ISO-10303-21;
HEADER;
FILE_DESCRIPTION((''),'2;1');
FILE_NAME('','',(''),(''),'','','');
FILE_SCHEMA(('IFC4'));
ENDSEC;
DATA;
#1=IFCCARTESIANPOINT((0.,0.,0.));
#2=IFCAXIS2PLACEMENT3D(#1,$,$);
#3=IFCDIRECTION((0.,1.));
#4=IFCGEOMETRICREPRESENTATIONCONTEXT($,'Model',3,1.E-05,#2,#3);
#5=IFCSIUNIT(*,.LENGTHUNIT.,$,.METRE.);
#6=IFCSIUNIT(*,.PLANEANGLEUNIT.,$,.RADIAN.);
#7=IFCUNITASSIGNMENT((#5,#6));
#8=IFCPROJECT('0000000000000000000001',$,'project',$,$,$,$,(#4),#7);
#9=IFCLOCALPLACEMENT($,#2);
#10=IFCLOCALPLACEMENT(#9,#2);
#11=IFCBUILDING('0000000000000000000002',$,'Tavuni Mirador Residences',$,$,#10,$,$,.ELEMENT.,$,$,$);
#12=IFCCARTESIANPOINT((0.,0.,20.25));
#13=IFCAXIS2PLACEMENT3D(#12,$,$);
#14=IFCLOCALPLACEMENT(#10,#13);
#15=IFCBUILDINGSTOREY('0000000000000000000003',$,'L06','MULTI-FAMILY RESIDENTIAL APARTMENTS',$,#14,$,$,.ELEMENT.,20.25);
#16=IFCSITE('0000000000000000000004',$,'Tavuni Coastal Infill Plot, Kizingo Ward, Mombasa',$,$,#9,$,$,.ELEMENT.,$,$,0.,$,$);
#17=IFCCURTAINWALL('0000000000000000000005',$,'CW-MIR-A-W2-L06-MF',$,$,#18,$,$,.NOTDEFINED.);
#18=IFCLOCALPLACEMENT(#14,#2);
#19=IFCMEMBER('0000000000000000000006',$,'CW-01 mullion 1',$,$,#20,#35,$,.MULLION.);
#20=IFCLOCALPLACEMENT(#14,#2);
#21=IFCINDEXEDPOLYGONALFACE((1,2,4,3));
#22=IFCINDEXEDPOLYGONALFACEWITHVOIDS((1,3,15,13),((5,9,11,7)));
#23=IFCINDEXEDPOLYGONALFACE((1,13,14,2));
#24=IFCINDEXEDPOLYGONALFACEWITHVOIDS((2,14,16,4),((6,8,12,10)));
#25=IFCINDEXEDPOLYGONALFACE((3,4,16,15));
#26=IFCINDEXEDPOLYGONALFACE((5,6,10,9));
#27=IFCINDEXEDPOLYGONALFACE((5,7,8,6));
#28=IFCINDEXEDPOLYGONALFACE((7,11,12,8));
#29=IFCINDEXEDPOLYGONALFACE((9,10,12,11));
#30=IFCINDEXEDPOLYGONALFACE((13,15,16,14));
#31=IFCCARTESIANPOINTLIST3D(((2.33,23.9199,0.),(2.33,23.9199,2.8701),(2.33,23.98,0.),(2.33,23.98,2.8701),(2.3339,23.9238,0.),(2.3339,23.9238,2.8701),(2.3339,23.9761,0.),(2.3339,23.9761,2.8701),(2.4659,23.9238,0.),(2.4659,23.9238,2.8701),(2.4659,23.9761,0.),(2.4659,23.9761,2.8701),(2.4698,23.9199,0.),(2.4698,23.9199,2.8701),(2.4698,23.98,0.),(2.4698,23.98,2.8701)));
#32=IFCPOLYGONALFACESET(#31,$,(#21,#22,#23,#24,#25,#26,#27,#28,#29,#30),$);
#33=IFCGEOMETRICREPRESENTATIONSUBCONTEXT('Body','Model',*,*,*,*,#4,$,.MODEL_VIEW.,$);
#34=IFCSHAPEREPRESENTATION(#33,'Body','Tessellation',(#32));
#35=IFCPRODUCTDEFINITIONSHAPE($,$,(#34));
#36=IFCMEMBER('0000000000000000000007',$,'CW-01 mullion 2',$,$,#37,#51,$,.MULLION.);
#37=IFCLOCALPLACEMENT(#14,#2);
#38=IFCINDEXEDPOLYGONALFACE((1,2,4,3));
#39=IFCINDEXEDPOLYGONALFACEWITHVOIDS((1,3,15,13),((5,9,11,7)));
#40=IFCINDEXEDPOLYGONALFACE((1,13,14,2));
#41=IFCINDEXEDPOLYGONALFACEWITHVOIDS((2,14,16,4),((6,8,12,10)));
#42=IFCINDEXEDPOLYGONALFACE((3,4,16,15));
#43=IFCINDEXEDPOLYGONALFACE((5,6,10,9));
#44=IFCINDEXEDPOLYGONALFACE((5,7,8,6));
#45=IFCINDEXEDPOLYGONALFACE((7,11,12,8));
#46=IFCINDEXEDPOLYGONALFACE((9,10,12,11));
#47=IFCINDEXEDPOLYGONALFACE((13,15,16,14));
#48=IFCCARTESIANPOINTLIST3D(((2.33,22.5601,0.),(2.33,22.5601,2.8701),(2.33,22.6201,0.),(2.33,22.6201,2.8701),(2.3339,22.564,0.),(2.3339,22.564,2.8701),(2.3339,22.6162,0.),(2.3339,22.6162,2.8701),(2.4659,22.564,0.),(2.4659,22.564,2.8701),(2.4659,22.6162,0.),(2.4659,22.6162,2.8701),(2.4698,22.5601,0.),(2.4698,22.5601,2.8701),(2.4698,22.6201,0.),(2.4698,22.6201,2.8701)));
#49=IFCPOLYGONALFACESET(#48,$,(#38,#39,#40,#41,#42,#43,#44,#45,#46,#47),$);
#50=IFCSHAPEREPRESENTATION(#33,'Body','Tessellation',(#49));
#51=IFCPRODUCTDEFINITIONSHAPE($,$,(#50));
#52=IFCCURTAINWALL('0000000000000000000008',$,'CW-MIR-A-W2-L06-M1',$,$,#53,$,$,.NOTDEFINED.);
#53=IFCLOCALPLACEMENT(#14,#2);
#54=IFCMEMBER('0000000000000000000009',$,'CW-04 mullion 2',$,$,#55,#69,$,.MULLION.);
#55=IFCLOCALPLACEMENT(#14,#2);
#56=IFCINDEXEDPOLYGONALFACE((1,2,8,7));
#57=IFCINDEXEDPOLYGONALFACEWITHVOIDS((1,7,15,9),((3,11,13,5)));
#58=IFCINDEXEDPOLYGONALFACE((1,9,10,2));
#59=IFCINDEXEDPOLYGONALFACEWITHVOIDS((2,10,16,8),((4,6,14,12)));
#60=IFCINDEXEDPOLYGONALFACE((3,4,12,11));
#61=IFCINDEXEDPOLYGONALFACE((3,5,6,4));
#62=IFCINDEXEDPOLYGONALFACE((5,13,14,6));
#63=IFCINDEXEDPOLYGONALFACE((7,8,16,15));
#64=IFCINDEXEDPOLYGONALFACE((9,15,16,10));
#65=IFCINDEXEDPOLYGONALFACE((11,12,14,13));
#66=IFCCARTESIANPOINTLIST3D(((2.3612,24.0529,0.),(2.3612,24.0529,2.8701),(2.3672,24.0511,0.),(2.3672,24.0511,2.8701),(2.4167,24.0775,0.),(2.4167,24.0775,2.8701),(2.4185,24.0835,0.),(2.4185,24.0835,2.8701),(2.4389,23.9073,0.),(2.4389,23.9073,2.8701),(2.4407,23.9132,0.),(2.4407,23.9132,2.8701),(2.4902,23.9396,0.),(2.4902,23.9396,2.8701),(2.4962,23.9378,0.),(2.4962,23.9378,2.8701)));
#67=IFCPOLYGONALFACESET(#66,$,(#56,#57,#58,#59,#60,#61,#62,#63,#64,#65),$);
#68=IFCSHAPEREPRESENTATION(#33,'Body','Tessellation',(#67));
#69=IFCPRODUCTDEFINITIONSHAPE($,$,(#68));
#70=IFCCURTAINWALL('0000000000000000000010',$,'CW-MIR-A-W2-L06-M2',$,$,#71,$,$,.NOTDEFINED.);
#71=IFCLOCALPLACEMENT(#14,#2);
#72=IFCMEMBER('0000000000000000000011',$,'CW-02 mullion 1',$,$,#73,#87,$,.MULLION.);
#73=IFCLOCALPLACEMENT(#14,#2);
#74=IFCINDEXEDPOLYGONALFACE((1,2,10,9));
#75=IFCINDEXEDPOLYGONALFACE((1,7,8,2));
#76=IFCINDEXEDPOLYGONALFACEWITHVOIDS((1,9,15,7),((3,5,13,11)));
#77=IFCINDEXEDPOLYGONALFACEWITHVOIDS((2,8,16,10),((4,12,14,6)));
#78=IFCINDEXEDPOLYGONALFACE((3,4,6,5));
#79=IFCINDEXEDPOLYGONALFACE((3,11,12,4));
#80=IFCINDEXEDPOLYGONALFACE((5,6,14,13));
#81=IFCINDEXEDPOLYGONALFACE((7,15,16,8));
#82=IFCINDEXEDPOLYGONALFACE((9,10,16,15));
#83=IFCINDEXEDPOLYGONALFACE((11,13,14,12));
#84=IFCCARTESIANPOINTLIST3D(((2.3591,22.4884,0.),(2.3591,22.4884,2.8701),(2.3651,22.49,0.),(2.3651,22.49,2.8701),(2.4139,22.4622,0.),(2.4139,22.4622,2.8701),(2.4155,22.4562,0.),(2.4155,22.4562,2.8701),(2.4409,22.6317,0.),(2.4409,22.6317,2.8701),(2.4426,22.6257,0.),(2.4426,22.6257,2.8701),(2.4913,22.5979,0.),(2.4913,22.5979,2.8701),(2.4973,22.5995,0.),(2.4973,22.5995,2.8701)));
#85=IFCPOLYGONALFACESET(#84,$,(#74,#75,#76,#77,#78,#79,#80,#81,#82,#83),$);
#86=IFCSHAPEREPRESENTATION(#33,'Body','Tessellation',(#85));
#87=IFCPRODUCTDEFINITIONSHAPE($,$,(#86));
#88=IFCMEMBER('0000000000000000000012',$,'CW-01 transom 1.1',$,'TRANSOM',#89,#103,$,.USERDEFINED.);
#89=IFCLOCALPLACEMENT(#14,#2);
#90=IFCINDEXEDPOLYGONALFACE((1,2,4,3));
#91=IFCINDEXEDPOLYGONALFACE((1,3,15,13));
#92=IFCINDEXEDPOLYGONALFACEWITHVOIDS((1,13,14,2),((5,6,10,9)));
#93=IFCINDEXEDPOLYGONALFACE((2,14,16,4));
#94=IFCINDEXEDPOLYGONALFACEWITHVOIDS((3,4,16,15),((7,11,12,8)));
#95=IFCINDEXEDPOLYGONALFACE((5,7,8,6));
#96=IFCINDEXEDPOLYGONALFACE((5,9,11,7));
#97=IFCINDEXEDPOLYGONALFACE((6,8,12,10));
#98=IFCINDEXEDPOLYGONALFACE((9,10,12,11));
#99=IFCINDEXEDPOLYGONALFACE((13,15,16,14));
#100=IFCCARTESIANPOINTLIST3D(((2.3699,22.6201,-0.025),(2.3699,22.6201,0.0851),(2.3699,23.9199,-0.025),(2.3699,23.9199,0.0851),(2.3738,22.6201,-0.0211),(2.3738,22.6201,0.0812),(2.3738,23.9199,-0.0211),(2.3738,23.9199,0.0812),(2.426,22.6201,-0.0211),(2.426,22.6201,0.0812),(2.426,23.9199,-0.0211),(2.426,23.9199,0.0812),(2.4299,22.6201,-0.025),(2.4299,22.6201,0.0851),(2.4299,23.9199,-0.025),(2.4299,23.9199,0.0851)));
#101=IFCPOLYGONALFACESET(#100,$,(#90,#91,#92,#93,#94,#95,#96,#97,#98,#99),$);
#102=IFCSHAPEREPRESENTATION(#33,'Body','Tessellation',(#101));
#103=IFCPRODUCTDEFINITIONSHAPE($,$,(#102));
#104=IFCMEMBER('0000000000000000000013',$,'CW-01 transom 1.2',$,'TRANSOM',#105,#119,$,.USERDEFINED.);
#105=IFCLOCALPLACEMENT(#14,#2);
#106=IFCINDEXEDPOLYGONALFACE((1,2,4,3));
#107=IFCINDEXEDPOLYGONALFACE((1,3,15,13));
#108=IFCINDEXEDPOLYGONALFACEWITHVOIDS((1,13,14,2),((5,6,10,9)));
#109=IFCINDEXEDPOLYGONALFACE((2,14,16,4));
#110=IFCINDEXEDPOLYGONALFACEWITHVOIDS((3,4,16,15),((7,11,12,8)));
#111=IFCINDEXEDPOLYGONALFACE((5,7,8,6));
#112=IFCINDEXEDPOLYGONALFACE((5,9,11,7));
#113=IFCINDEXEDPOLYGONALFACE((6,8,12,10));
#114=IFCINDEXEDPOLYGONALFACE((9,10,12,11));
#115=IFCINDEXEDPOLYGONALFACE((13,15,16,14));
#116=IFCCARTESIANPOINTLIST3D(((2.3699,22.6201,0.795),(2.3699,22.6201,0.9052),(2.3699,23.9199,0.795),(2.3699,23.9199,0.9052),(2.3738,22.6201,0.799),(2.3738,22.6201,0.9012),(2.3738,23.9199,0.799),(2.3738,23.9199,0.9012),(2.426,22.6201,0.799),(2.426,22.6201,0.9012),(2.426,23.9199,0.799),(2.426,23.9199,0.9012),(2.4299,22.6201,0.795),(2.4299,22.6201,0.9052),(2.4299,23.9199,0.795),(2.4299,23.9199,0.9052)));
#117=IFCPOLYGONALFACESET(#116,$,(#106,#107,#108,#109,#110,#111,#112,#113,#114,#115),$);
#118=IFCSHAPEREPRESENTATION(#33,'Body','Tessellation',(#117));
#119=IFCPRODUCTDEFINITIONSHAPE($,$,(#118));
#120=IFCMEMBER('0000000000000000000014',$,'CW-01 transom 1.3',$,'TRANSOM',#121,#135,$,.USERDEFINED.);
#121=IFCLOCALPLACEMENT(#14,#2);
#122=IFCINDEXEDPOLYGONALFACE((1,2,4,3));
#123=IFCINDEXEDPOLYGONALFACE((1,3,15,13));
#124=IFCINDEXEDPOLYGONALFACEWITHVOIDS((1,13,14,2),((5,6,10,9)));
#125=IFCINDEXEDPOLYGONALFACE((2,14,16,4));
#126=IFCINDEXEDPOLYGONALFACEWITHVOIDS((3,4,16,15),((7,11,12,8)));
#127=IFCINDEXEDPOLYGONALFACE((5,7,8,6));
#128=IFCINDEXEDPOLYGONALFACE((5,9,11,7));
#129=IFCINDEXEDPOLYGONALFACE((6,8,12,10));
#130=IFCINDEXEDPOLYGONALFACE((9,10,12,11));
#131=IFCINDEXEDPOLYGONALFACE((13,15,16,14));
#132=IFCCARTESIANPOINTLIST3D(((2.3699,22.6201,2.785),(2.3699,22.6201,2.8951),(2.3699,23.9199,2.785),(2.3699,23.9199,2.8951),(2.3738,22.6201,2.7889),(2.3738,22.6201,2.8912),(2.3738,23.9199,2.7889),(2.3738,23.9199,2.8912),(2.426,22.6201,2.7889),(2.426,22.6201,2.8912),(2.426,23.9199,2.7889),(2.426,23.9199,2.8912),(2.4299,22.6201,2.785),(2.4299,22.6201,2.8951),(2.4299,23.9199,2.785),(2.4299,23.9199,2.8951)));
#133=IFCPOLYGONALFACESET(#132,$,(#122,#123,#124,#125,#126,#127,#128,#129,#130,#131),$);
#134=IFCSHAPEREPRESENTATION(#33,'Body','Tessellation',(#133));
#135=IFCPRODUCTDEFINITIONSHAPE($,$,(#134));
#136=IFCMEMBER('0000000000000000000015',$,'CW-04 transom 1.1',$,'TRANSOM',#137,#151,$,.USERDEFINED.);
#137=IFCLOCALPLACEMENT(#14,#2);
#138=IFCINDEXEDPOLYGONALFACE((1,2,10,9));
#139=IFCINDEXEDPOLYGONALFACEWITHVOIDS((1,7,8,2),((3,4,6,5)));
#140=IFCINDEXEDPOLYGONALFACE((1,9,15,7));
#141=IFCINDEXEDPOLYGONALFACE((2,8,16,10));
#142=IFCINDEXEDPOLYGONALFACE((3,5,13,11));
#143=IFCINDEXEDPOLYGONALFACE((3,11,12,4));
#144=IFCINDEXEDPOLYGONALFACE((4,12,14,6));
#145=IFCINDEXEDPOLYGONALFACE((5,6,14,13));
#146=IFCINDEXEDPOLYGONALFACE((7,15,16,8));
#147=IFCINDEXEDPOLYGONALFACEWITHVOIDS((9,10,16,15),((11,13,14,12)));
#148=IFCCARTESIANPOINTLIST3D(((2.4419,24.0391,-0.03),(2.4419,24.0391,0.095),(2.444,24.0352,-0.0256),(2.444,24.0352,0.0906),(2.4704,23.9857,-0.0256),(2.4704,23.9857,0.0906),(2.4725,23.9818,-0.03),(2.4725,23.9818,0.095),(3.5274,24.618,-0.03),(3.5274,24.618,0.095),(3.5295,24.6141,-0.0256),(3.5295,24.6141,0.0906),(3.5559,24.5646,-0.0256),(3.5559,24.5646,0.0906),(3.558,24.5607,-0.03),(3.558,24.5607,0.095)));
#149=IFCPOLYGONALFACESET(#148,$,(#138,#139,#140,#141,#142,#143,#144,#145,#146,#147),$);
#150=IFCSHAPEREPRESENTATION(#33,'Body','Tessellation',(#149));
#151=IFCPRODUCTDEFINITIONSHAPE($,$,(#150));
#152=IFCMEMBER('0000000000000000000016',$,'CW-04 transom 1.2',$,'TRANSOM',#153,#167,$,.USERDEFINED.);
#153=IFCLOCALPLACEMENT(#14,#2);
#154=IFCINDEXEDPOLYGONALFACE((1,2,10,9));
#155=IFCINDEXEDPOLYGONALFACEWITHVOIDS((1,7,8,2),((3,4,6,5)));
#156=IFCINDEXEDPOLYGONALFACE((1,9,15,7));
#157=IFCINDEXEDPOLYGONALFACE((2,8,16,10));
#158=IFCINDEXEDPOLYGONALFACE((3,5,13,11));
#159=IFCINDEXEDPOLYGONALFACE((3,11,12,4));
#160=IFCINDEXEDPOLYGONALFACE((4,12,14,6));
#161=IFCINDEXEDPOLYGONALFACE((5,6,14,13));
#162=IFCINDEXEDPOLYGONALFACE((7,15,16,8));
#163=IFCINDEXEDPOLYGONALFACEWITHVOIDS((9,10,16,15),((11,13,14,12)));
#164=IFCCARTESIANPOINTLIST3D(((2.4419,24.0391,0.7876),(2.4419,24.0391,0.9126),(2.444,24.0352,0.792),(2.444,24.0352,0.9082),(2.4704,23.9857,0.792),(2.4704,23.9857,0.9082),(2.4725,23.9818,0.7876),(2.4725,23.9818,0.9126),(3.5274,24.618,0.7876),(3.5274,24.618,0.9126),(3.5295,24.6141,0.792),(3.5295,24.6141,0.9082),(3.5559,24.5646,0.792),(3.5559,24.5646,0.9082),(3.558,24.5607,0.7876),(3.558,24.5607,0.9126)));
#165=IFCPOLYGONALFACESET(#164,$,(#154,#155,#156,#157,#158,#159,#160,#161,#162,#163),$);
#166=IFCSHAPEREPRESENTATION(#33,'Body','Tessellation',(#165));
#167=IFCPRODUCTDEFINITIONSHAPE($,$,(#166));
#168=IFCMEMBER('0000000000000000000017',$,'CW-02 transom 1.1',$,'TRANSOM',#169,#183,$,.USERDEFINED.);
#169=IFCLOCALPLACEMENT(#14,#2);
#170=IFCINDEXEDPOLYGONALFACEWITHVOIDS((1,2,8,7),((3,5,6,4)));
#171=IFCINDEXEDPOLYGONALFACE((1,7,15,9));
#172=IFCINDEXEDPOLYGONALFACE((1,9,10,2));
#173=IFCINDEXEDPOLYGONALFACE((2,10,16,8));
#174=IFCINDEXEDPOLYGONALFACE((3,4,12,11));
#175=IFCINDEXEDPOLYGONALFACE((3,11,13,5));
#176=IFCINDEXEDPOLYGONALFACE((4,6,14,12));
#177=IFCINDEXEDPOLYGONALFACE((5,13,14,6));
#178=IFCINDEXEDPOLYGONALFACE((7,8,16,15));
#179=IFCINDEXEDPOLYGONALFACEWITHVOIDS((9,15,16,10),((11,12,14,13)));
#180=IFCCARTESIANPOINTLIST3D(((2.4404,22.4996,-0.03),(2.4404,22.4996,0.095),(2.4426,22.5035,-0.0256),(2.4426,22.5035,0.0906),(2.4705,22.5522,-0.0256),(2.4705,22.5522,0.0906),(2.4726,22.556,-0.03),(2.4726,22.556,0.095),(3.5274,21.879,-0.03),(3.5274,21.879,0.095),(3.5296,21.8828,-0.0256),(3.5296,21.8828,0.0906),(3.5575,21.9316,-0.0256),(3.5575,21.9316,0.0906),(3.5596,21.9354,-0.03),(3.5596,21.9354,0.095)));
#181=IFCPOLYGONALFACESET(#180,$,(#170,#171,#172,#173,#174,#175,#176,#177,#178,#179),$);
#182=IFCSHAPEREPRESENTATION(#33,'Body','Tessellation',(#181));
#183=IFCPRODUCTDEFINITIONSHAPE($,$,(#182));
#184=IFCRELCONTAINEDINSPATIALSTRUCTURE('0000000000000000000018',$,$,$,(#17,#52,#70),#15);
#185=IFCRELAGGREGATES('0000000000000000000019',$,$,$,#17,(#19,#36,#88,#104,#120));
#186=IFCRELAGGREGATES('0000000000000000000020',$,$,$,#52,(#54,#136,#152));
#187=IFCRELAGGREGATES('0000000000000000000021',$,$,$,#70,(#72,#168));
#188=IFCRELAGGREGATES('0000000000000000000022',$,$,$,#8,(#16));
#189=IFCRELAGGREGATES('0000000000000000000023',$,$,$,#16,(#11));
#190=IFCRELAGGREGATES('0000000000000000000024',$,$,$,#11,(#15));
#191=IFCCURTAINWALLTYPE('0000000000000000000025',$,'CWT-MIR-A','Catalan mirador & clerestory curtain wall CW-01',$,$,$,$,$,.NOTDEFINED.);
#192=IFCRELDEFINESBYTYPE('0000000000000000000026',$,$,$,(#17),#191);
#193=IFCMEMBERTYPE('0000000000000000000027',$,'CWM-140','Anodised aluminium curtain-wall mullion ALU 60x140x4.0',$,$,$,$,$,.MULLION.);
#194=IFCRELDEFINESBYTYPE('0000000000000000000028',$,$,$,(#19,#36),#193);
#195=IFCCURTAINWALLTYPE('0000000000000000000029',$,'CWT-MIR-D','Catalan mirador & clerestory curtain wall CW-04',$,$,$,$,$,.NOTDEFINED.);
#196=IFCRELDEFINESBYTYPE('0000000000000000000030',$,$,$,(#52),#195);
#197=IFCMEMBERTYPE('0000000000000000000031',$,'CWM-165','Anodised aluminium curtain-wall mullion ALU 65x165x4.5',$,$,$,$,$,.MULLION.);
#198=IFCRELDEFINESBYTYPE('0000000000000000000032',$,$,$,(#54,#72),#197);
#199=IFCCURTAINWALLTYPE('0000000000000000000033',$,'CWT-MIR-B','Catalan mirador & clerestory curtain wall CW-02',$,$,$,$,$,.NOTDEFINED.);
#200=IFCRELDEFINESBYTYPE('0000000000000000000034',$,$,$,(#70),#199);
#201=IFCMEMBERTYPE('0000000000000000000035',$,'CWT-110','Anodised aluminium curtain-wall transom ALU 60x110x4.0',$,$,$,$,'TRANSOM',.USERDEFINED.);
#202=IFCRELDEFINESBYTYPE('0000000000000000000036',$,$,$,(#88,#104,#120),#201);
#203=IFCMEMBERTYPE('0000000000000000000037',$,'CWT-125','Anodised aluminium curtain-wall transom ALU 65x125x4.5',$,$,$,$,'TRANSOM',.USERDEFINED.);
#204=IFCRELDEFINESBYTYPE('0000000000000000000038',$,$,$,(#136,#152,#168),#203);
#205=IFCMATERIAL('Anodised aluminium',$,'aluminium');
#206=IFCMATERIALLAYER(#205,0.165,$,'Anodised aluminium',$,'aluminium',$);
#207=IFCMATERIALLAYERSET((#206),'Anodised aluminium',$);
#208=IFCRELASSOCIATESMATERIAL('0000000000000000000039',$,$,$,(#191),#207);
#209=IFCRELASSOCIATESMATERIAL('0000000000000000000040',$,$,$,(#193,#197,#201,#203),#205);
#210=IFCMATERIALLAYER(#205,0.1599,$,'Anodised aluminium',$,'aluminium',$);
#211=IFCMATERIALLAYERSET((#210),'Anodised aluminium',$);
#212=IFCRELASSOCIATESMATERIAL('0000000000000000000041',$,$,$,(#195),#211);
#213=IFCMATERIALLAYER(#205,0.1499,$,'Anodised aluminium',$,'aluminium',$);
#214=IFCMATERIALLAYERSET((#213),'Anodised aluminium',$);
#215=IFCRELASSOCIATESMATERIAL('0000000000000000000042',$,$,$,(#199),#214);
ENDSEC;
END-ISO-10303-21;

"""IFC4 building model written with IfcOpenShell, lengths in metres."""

from ifc_helpers import new_model, si_unit, direction, frame, origin, origin_2d, place, context, subcontext, project, spatial, hollow_rectangle, extrude, material, layer, layer_set, material_profile, profile_set, type_object, element, aggregate, save


model = new_model("IFC4")

# Units and contexts
model_context = context("Model", 3, precision=1e-05, world=origin(), true_north=direction((0.0, 1.0)))
body_context = subcontext(model_context, "Body", "Model", "MODEL_VIEW")
ifc_project = project(units=[si_unit("LENGTHUNIT", "METRE"), si_unit("PLANEANGLEUNIT", "RADIAN")], contexts=[model_context])

# Site, building, storey
site_placement = place(None, origin())
site = spatial("IfcSite", under=ifc_project, at=site_placement, Name="Tavuni Coastal Infill Plot, Kizingo Ward, Mombasa", CompositionType="ELEMENT", RefElevation=0.0)
building_placement = place(site_placement, origin())
building = spatial("IfcBuilding", under=site, at=building_placement, Name="Tavuni Mirador Residences", CompositionType="ELEMENT")
storey_placement = place(building_placement, frame((0.0, 0.0, 20.25)))
storey = spatial("IfcBuildingStorey", under=building, at=storey_placement, Name="L06", Description="MULTI-FAMILY RESIDENTIAL APARTMENTS", CompositionType="ELEMENT", Elevation=20.25)

# Curtain wall, members
ifc_material_1 = material(Name="Anodised aluminium", Category="aluminium")
ifc_layer_1 = layer(ifc_material_1, 0.165, Name="Anodised aluminium", Category="aluminium")
ifc_layer_set_1 = layer_set([ifc_layer_1], Name="Anodised aluminium")
curtain_wall_type_1 = type_object("IfcCurtainWallType", Name="CWT-MIR-A", Description="Catalan mirador & clerestory curtain wall CW-01", PredefinedType="NOTDEFINED", material=ifc_layer_set_1)
curtain_wall_1_placement = place(storey_placement, origin())
curtain_wall_1 = element("IfcCurtainWall", 1, at=curtain_wall_1_placement, inside=storey, type_object=curtain_wall_type_1, Name="CW-MIR-A-W2-L06-MF", PredefinedType="NOTDEFINED")
ifc_material_profile_1 = material_profile(ifc_material_1, hollow_rectangle(XDim=0.0601, YDim=0.1399, WallThickness=0.0039, at=origin_2d()), Name="ALU 60x140x4.0", Category="aluminium")
ifc_profile_set_1 = profile_set([ifc_material_profile_1], Name="Anodised aluminium")
member_type_1 = type_object("IfcMemberType", Name="CWM-140", Description="Anodised aluminium curtain-wall mullion ALU 60x140x4.0", PredefinedType="MULLION", material=ifc_profile_set_1)
member_1_placement = place(storey_placement, frame((2.3999, 23.95, 0.0), z_axis=(0.0, 0.0, 1.0), x_axis=(0.0, -1.0, 0.0)))
member_1 = element("IfcMember", 2, at=member_1_placement, type_object=member_type_1, Name="CW-01 mullion 1", PredefinedType="MULLION", context=body_context, shape_type="SweptSolid", body=[
    extrude(hollow_rectangle(XDim=0.0601, YDim=0.1399, WallThickness=0.0039, at=origin_2d()), origin(), (0.0, 0.0, 1.0), 2.8701),
])
member_2_placement = place(storey_placement, frame((2.3999, 22.5901, 0.0), z_axis=(0.0, 0.0, 1.0), x_axis=(0.0, -1.0, 0.0)))
member_2 = element("IfcMember", 3, at=member_2_placement, type_object=member_type_1, Name="CW-01 mullion 2", PredefinedType="MULLION", context=body_context, shape_type="SweptSolid", body=[
    extrude(hollow_rectangle(XDim=0.0601, YDim=0.1399, WallThickness=0.0039, at=origin_2d()), origin(), (0.0, 0.0, 1.0), 2.8701),
])

# Curtain walls, members
ifc_layer_2 = layer(ifc_material_1, 0.1599, Name="Anodised aluminium", Category="aluminium")
ifc_layer_set_2 = layer_set([ifc_layer_2], Name="Anodised aluminium")
curtain_wall_type_2 = type_object("IfcCurtainWallType", Name="CWT-MIR-D", Description="Catalan mirador & clerestory curtain wall CW-04", PredefinedType="NOTDEFINED", material=ifc_layer_set_2)
curtain_wall_2_placement = place(storey_placement, origin())
curtain_wall_2 = element("IfcCurtainWall", 4, at=curtain_wall_2_placement, inside=storey, type_object=curtain_wall_type_2, Name="CW-MIR-A-W2-L06-M1", PredefinedType="NOTDEFINED")
ifc_material_profile_2 = material_profile(ifc_material_1, hollow_rectangle(XDim=0.0649, YDim=0.165, WallThickness=0.0044, at=origin_2d()), Name="ALU 65x165x4.5", Category="aluminium")
ifc_profile_set_2 = profile_set([ifc_material_profile_2], Name="Anodised aluminium")
member_type_2 = type_object("IfcMemberType", Name="CWM-165", Description="Anodised aluminium curtain-wall mullion ALU 65x165x4.5", PredefinedType="MULLION", material=ifc_profile_set_2)
member_3_placement = place(storey_placement, frame((2.4287, 23.9954, 0.0), z_axis=(0.0, 0.0, 1.0), x_axis=(-0.882353, -0.470588, 0.0)))
member_3 = element("IfcMember", 5, at=member_3_placement, type_object=member_type_2, Name="CW-04 mullion 2", PredefinedType="MULLION", context=body_context, shape_type="SweptSolid", body=[
    extrude(hollow_rectangle(XDim=0.0649, YDim=0.165, WallThickness=0.0044, at=origin_2d()), origin(), (0.0, 0.0, 1.0), 2.8701),
])
ifc_layer_3 = layer(ifc_material_1, 0.1499, Name="Anodised aluminium", Category="aluminium")
ifc_layer_set_3 = layer_set([ifc_layer_3], Name="Anodised aluminium")
curtain_wall_type_3 = type_object("IfcCurtainWallType", Name="CWT-MIR-B", Description="Catalan mirador & clerestory curtain wall CW-02", PredefinedType="NOTDEFINED", material=ifc_layer_set_3)
curtain_wall_3_placement = place(storey_placement, origin())
curtain_wall_3 = element("IfcCurtainWall", 6, at=curtain_wall_3_placement, inside=storey, type_object=curtain_wall_type_3, Name="CW-MIR-A-W2-L06-M2", PredefinedType="NOTDEFINED")
member_4_placement = place(storey_placement, frame((2.4282, 22.5439, 0.0), z_axis=(0.0, 0.0, 1.0), x_axis=(0.868466, -0.495749, 0.0)))
member_4 = element("IfcMember", 7, at=member_4_placement, type_object=member_type_2, Name="CW-02 mullion 1", PredefinedType="MULLION", context=body_context, shape_type="SweptSolid", body=[
    extrude(hollow_rectangle(XDim=0.0649, YDim=0.165, WallThickness=0.0044, at=origin_2d()), origin(), (0.0, 0.0, 1.0), 2.8701),
])

# Members
ifc_material_profile_3 = material_profile(ifc_material_1, hollow_rectangle(XDim=0.0601, YDim=0.1101, WallThickness=0.0039, at=origin_2d()), Name="ALU 60x110x4.0", Category="aluminium")
ifc_profile_set_3 = profile_set([ifc_material_profile_3], Name="Anodised aluminium")
member_type_3 = type_object("IfcMemberType", Name="CWT-110", Description="Anodised aluminium curtain-wall transom ALU 60x110x4.0", ElementType="TRANSOM", PredefinedType="USERDEFINED", material=ifc_profile_set_3)
member_5_placement = place(storey_placement, frame((2.3999, 23.9199, 0.03), z_axis=(0.0, -1.0, 0.0), x_axis=(1.0, 0.0, 0.0)))
member_5 = element("IfcMember", 8, at=member_5_placement, type_object=member_type_3, Name="CW-01 transom 1.1", ObjectType="TRANSOM", PredefinedType="USERDEFINED", context=body_context, shape_type="SweptSolid", body=[
    extrude(hollow_rectangle(XDim=0.0601, YDim=0.1101, WallThickness=0.0039, at=origin_2d()), origin(), (0.0, 0.0, 1.0), 1.2998),
])
member_6_placement = place(storey_placement, frame((2.3999, 23.9199, 0.8501), z_axis=(0.0, -1.0, 0.0), x_axis=(1.0, 0.0, 0.0)))
member_6 = element("IfcMember", 9, at=member_6_placement, type_object=member_type_3, Name="CW-01 transom 1.2", ObjectType="TRANSOM", PredefinedType="USERDEFINED", context=body_context, shape_type="SweptSolid", body=[
    extrude(hollow_rectangle(XDim=0.0601, YDim=0.1101, WallThickness=0.0039, at=origin_2d()), origin(), (0.0, 0.0, 1.0), 1.2998),
])
member_7_placement = place(storey_placement, frame((2.3999, 23.9199, 2.8401), z_axis=(0.0, -1.0, 0.0), x_axis=(1.0, 0.0, 0.0)))
member_7 = element("IfcMember", 10, at=member_7_placement, type_object=member_type_3, Name="CW-01 transom 1.3", ObjectType="TRANSOM", PredefinedType="USERDEFINED", context=body_context, shape_type="SweptSolid", body=[
    extrude(hollow_rectangle(XDim=0.0601, YDim=0.1101, WallThickness=0.0039, at=origin_2d()), origin(), (0.0, 0.0, 1.0), 1.2998),
])
ifc_material_profile_4 = material_profile(ifc_material_1, hollow_rectangle(XDim=0.0649, YDim=0.125, WallThickness=0.0044, at=origin_2d()), Name="ALU 65x125x4.5", Category="aluminium")
ifc_profile_set_4 = profile_set([ifc_material_profile_4], Name="Anodised aluminium")
member_type_4 = type_object("IfcMemberType", Name="CWT-125", Description="Anodised aluminium curtain-wall transom ALU 65x125x4.5", ElementType="TRANSOM", PredefinedType="USERDEFINED", material=ifc_profile_set_4)
member_8_placement = place(storey_placement, frame((3.5427, 24.5894, 0.0325), z_axis=(-0.882369, -0.470557, 0.0), x_axis=(0.470557, -0.882369, 0.0)))
member_8 = element("IfcMember", 11, at=member_8_placement, type_object=member_type_4, Name="CW-04 transom 1.1", ObjectType="TRANSOM", PredefinedType="USERDEFINED", context=body_context, shape_type="SweptSolid", body=[
    extrude(hollow_rectangle(XDim=0.0649, YDim=0.125, WallThickness=0.0044, at=origin_2d()), origin(), (0.0, 0.0, 1.0), 1.2302),
])
member_9_placement = place(storey_placement, frame((3.5427, 24.5894, 0.8501), z_axis=(-0.882369, -0.470557, 0.0), x_axis=(0.470557, -0.882369, 0.0)))
member_9 = element("IfcMember", 12, at=member_9_placement, type_object=member_type_4, Name="CW-04 transom 1.2", ObjectType="TRANSOM", PredefinedType="USERDEFINED", context=body_context, shape_type="SweptSolid", body=[
    extrude(hollow_rectangle(XDim=0.0649, YDim=0.125, WallThickness=0.0044, at=origin_2d()), origin(), (0.0, 0.0, 1.0), 1.2302),
])
member_10_placement = place(storey_placement, frame((2.4565, 22.5278, 0.0325), z_axis=(0.868411, -0.495845, 0.0), x_axis=(0.495845, 0.868411, 0.0)))
member_10 = element("IfcMember", 13, at=member_10_placement, type_object=member_type_4, Name="CW-02 transom 1.1", ObjectType="TRANSOM", PredefinedType="USERDEFINED", context=body_context, shape_type="SweptSolid", body=[
    extrude(hollow_rectangle(XDim=0.0649, YDim=0.125, WallThickness=0.0044, at=origin_2d()), origin(), (0.0, 0.0, 1.0), 1.2517),
])

aggregate(curtain_wall_1, [member_1, member_2, member_5, member_6, member_7])
aggregate(curtain_wall_2, [member_3, member_8, member_9])
aggregate(curtain_wall_3, [member_4, member_10])

save(model, "model.ifc")
